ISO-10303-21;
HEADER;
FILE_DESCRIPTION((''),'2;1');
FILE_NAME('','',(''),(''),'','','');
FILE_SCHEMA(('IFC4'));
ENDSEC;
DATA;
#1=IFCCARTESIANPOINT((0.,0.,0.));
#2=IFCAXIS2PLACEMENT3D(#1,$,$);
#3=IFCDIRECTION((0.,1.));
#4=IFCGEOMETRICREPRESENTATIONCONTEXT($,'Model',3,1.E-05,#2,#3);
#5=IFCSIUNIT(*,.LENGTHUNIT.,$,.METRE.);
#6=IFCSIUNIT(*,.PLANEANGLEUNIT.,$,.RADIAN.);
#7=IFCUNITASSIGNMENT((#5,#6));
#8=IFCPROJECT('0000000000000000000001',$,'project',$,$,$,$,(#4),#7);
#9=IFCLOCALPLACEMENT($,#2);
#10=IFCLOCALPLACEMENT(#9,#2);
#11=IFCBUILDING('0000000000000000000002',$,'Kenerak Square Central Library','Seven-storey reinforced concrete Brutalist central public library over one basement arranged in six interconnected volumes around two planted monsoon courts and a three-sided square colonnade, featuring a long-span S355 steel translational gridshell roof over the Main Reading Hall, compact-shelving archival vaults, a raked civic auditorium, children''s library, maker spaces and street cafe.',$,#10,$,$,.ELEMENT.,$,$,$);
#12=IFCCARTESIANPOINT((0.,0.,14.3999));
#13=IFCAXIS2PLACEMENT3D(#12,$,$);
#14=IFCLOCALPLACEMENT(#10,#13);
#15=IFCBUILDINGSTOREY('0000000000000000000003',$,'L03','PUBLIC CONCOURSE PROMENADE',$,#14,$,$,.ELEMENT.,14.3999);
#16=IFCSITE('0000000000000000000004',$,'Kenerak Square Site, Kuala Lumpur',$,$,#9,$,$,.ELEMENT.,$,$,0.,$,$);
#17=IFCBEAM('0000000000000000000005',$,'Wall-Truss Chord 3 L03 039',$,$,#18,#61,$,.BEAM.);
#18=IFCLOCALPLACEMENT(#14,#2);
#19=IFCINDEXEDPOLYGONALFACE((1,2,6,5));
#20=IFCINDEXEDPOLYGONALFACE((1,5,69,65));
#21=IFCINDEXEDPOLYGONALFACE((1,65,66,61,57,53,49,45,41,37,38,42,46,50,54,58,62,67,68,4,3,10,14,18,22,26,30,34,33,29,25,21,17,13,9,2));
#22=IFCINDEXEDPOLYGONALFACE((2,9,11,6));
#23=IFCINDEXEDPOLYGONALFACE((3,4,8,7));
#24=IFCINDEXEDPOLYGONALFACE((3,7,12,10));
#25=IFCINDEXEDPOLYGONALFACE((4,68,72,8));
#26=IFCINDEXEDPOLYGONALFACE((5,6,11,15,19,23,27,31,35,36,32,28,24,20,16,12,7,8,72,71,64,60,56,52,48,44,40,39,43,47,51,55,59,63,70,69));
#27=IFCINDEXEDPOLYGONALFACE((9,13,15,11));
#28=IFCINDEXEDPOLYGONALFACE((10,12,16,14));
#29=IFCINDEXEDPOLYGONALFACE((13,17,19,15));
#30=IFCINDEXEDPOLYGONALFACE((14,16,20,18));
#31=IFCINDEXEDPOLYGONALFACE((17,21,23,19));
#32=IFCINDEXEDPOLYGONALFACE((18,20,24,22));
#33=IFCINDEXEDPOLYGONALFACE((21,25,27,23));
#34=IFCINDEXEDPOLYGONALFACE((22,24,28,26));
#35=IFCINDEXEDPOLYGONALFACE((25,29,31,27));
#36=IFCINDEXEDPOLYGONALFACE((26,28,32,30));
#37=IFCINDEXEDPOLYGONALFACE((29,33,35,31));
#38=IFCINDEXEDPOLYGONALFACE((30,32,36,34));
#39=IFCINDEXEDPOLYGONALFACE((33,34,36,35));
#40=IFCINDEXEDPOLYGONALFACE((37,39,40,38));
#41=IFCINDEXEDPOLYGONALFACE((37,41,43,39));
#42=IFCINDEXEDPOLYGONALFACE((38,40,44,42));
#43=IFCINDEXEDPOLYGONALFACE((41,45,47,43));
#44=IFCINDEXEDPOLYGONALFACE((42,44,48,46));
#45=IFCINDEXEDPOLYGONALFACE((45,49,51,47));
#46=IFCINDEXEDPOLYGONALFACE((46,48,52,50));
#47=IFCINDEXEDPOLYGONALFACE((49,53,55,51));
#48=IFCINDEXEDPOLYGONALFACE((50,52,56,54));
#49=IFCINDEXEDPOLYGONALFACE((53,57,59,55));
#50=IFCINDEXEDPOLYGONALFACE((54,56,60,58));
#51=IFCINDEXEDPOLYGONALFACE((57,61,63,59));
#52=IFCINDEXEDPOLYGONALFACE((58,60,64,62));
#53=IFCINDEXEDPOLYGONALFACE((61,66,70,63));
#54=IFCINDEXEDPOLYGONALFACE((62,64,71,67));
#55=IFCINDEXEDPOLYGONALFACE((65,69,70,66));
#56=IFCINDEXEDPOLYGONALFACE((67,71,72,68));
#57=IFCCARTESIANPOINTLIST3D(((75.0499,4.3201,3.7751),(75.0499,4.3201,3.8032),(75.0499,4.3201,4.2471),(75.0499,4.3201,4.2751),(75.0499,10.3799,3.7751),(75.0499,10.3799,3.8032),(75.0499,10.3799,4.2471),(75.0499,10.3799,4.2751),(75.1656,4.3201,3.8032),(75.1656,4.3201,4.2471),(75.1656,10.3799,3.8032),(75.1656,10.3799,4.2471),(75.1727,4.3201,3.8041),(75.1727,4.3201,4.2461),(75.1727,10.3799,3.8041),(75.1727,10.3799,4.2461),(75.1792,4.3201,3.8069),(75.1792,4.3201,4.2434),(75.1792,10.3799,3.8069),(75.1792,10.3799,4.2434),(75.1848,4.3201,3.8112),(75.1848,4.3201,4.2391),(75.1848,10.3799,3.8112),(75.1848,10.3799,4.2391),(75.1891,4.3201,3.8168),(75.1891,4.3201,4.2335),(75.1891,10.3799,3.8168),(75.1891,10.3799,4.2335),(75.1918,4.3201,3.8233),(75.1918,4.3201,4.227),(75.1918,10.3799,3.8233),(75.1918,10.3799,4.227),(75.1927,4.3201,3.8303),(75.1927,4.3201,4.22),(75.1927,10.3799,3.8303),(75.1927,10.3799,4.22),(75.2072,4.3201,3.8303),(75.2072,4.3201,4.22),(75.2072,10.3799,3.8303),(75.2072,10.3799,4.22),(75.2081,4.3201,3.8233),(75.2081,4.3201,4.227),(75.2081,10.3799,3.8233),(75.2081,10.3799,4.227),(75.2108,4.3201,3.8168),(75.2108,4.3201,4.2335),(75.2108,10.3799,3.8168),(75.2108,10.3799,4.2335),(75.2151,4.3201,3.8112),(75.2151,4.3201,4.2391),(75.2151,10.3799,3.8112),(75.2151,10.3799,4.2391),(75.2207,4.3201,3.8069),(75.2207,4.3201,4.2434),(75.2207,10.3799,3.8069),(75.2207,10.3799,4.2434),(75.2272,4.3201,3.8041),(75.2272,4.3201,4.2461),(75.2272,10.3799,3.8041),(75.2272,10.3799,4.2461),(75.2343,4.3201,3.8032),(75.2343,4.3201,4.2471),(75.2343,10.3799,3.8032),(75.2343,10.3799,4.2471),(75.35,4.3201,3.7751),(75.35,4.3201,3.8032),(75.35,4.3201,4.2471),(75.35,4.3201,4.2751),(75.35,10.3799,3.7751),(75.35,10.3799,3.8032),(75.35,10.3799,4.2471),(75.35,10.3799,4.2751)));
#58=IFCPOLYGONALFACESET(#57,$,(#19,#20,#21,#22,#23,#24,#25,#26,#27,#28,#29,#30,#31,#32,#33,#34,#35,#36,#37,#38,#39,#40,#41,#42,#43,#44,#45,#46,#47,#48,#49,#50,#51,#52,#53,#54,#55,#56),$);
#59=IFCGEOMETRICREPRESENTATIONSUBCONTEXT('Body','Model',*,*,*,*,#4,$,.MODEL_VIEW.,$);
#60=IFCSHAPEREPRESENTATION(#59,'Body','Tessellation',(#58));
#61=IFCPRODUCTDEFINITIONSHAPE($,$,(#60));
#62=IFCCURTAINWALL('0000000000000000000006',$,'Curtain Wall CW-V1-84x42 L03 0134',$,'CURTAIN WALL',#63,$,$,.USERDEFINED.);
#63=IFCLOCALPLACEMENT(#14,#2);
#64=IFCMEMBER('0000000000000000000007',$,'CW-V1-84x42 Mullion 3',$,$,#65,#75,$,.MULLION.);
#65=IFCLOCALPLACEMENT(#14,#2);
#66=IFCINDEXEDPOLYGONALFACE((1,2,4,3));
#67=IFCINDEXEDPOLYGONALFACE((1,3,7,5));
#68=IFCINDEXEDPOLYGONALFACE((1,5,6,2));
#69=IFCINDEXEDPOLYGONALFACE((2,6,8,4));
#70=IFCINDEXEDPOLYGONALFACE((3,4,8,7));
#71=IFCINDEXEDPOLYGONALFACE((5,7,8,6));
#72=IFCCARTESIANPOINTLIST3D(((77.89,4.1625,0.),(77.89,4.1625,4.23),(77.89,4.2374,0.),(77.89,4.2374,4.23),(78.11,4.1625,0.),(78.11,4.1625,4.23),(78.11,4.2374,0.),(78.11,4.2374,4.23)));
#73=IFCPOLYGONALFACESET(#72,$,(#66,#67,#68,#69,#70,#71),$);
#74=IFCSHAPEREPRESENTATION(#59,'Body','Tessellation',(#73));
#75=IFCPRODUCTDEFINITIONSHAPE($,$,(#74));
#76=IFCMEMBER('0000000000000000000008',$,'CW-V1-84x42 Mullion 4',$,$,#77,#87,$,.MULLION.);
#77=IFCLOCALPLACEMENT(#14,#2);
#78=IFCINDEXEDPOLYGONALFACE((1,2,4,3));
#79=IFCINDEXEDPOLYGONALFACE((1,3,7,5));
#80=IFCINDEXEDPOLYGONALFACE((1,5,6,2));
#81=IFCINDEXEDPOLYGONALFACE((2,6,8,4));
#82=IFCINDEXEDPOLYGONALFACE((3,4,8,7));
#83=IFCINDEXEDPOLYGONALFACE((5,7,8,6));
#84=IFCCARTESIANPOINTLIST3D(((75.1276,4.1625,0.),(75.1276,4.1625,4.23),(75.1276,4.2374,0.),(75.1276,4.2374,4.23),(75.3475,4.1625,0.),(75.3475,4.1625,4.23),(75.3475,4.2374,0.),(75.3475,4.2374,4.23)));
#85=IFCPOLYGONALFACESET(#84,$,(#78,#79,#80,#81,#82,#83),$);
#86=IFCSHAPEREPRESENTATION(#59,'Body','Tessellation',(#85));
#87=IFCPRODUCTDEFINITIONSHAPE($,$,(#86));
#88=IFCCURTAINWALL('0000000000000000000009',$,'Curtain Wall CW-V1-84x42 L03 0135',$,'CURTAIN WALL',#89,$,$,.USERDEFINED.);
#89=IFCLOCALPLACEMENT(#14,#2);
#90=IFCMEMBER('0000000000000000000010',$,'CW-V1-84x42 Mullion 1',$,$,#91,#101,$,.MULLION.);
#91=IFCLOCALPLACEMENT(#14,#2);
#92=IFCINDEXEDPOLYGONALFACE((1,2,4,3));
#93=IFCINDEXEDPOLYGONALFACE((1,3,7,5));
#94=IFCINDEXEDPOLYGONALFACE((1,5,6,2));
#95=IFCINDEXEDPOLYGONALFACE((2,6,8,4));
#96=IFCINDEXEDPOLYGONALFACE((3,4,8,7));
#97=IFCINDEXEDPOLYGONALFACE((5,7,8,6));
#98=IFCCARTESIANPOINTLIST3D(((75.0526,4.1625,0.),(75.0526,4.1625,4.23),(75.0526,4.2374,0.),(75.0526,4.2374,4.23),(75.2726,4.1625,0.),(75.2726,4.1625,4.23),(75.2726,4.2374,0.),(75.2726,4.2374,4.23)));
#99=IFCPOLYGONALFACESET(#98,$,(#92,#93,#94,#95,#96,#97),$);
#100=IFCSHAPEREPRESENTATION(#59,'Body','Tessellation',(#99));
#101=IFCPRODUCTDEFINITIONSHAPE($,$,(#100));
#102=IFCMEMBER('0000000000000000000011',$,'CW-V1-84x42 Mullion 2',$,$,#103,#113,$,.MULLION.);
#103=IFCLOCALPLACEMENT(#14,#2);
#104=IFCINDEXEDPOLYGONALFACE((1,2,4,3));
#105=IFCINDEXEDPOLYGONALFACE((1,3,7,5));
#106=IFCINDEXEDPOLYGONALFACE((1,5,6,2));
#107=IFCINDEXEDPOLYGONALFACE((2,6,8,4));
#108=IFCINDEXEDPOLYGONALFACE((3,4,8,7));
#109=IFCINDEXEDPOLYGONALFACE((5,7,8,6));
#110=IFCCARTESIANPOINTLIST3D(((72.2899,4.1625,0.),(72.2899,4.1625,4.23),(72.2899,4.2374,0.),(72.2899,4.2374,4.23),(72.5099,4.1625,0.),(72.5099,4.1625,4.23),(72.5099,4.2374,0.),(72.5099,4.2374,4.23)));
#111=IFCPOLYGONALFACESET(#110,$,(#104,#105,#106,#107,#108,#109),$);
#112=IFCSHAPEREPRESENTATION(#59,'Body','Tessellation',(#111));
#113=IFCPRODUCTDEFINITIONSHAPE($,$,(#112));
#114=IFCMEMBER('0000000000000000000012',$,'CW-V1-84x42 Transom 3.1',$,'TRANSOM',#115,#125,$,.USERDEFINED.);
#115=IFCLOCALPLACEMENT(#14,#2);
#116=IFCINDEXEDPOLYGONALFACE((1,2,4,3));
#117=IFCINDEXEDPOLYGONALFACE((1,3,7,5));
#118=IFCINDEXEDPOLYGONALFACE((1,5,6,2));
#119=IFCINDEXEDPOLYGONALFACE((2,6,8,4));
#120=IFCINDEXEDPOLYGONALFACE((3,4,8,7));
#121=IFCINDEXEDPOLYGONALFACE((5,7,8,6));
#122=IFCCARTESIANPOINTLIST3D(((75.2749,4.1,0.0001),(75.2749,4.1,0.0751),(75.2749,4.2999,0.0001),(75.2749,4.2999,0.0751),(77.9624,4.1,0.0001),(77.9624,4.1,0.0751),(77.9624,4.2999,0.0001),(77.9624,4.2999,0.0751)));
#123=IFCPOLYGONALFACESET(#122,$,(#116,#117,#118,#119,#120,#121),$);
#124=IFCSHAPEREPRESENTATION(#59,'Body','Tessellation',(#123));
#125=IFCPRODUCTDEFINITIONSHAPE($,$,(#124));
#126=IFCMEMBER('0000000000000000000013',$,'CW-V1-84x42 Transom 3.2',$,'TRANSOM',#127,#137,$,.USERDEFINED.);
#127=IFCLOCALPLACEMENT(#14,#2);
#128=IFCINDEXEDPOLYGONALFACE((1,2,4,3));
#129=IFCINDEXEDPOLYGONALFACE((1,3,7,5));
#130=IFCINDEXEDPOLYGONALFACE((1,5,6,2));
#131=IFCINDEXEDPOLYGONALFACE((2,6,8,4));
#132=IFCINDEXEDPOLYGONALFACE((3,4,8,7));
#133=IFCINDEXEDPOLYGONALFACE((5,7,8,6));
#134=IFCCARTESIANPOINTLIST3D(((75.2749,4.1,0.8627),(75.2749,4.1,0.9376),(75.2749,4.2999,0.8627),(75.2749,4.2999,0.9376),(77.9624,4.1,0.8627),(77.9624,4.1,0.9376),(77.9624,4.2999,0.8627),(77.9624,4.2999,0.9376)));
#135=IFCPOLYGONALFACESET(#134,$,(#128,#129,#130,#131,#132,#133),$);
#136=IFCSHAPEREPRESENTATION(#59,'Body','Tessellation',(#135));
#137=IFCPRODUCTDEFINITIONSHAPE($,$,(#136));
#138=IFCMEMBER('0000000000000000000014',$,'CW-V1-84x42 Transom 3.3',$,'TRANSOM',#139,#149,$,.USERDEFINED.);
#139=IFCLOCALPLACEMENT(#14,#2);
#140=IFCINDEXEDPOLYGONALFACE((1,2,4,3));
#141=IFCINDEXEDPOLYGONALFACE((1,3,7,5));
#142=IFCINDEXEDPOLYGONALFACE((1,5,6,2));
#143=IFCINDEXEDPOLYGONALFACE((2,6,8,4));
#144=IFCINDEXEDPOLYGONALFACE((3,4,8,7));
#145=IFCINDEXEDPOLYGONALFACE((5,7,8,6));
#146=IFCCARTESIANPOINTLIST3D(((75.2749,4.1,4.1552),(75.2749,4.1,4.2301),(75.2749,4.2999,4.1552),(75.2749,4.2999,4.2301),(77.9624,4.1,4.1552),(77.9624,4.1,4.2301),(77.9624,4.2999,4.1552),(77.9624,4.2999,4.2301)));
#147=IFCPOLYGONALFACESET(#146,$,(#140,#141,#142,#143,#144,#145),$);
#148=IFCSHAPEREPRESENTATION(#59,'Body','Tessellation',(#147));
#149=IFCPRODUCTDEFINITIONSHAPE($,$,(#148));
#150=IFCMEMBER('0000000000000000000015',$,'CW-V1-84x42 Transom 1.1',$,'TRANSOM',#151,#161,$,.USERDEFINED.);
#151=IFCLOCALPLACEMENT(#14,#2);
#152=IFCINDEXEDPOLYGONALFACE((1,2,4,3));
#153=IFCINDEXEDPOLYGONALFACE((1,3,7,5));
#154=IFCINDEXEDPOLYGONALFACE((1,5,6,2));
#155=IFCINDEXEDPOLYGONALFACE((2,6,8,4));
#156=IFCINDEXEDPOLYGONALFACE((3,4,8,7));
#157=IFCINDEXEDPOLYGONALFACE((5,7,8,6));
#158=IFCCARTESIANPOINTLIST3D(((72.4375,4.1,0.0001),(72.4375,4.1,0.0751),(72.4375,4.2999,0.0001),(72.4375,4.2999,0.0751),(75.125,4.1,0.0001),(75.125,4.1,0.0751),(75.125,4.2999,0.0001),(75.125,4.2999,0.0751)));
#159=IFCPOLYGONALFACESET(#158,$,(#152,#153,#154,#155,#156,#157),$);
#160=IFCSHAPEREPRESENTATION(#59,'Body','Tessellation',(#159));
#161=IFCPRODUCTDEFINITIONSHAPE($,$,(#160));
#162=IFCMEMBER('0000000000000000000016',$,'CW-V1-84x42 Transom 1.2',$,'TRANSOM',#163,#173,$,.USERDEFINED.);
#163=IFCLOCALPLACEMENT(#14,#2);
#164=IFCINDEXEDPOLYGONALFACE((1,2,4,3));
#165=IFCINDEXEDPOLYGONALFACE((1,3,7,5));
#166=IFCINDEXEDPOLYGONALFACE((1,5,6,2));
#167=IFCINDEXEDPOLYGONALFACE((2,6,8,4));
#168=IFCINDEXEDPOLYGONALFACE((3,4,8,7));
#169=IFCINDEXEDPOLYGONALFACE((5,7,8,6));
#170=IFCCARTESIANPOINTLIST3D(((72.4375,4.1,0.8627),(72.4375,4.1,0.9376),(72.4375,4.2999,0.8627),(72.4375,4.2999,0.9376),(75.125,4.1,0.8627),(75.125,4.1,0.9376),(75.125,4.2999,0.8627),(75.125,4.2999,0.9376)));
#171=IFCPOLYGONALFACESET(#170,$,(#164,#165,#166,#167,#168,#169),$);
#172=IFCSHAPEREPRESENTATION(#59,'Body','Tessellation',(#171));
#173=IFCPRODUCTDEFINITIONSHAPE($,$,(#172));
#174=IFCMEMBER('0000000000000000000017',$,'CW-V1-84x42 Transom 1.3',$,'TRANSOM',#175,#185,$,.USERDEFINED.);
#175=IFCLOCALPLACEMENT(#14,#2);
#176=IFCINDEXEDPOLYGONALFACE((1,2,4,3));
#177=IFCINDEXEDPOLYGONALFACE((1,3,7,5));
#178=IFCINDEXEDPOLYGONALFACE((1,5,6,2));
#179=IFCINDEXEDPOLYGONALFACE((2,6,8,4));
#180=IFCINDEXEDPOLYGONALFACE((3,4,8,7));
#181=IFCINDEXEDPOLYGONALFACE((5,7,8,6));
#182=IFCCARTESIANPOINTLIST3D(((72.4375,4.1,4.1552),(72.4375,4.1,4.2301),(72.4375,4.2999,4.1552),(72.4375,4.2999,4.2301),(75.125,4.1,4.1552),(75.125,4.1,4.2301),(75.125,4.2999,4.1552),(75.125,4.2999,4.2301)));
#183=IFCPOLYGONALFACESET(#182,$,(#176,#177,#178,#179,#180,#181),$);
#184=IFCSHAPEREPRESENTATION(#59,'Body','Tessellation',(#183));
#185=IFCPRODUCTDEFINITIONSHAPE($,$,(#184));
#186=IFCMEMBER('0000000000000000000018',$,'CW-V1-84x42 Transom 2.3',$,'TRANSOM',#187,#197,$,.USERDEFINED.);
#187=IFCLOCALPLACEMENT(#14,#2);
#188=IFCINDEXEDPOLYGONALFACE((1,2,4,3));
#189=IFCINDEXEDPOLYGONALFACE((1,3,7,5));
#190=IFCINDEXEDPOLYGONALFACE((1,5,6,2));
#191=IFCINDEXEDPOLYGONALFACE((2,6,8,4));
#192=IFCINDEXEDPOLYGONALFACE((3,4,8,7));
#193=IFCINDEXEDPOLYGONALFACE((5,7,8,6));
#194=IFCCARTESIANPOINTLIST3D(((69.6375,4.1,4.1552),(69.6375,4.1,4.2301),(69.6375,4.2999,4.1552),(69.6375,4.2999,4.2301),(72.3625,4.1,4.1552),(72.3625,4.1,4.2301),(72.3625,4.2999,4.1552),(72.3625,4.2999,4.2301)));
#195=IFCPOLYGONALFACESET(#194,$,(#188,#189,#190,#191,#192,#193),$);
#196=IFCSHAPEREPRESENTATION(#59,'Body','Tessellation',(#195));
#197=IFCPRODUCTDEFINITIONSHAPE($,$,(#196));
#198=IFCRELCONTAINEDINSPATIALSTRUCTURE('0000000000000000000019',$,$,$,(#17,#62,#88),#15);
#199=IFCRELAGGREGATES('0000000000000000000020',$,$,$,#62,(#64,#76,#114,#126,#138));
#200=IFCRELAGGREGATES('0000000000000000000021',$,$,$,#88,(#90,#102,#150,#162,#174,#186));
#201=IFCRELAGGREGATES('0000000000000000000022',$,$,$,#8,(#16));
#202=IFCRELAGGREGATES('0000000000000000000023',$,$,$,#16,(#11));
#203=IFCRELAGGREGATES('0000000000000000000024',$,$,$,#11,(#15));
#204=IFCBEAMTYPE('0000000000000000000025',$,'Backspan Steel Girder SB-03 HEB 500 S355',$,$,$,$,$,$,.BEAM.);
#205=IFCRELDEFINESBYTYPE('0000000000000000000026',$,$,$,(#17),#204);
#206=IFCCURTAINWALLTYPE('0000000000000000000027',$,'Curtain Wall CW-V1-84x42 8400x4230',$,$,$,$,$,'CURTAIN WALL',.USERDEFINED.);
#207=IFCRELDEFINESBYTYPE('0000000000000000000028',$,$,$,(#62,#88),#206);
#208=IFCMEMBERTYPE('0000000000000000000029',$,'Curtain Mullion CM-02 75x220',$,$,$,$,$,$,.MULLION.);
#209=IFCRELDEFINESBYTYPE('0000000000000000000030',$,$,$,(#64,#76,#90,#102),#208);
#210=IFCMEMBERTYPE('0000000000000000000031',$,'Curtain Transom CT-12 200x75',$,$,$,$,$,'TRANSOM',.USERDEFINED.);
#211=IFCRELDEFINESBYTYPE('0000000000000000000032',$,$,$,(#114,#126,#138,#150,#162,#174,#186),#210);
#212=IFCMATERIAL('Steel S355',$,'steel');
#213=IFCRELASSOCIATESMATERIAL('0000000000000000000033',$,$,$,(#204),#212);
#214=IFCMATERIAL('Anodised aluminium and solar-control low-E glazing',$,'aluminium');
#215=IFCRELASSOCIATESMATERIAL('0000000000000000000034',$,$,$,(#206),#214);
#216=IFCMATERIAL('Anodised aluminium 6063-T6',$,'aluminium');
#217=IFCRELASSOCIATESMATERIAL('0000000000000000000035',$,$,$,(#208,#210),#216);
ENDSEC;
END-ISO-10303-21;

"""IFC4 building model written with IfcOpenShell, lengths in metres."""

from ifc_helpers import new_model, si_unit, direction, frame, origin, origin_2d, place, context, subcontext, project, spatial, rectangle, i_section, extrude, material, material_profile, profile_set, type_object, element, aggregate, save


model = new_model("IFC4")

# Units and contexts
model_context = context("Model", 3, precision=1e-05, world=origin(), true_north=direction((0.0, 1.0)))
body_context = subcontext(model_context, "Body", "Model", "MODEL_VIEW")
ifc_project = project(units=[si_unit("LENGTHUNIT", "METRE"), si_unit("PLANEANGLEUNIT", "RADIAN")], contexts=[model_context])

# Site, building, storey
site_placement = place(None, origin())
site = spatial("IfcSite", under=ifc_project, at=site_placement, Name="Kenerak Square Site, Kuala Lumpur", CompositionType="ELEMENT", RefElevation=0.0)
building_placement = place(site_placement, origin())
building = spatial("IfcBuilding", under=site, at=building_placement, Name="Kenerak Square Central Library", Description="Seven-storey reinforced concrete Brutalist central public library over one basement arranged in six interconnected volumes around two planted monsoon courts and a three-sided square colonnade, featuring a long-span S355 steel translational gridshell roof over the Main Reading Hall, compact-shelving archival vaults, a raked civic auditorium, children's library, maker spaces and street cafe.", CompositionType="ELEMENT")
storey_placement = place(building_placement, frame((0.0, 0.0, 14.3999)))
storey = spatial("IfcBuildingStorey", under=building, at=storey_placement, Name="L03", Description="PUBLIC CONCOURSE PROMENADE", CompositionType="ELEMENT", Elevation=14.3999)

# Beam
ifc_material_1 = material(Name="Steel S355", Category="steel")
ifc_material_profile_1 = material_profile(ifc_material_1, i_section(OverallWidth=0.3, OverallDepth=0.5, WebThickness=0.0144, FlangeThickness=0.0281, FilletRadius=0.0271, at=origin_2d()), Name="HEB 500")
ifc_profile_set_1 = profile_set([ifc_material_profile_1], Name="Steel S355")
beam_type_1 = type_object("IfcBeamType", Name="Backspan Steel Girder SB-03 HEB 500 S355", PredefinedType="BEAM", material=ifc_profile_set_1)
beam_1_placement = place(storey_placement, frame((75.2, 4.3201, 4.0251), z_axis=(0.0, 1.0, 0.0), x_axis=(-1.0, 0.0, 0.0)))
element("IfcBeam", 1, at=beam_1_placement, inside=storey, type_object=beam_type_1, Name="Wall-Truss Chord 3 L03 039", PredefinedType="BEAM", context=body_context, shape_type="SweptSolid", body=[
    extrude(i_section(OverallWidth=0.3, OverallDepth=0.5, WebThickness=0.0144, FlangeThickness=0.0281, FilletRadius=0.0271, at=origin_2d()), origin(), (0.0, 0.0, 1.0), 6.0598),
])

# Curtain walls, members
ifc_material_2 = material(Name="Anodised aluminium and solar-control low-E glazing", Category="aluminium")
curtain_wall_type = type_object("IfcCurtainWallType", Name="Curtain Wall CW-V1-84x42 8400x4230", ElementType="CURTAIN WALL", PredefinedType="USERDEFINED", material=ifc_material_2)
curtain_wall_1_placement = place(storey_placement, origin())
curtain_wall_1 = element("IfcCurtainWall", 2, at=curtain_wall_1_placement, inside=storey, type_object=curtain_wall_type, Name="Curtain Wall CW-V1-84x42 L03 0134", ObjectType="CURTAIN WALL", PredefinedType="USERDEFINED")
ifc_material_3 = material(Name="Anodised aluminium 6063-T6", Category="aluminium")
ifc_material_profile_2 = material_profile(ifc_material_3, rectangle(XDim=0.075, YDim=0.22, at=origin_2d()), Name="AL MULLION 75x220")
ifc_profile_set_2 = profile_set([ifc_material_profile_2], Name="Anodised aluminium 6063-T6")
member_type_1 = type_object("IfcMemberType", Name="Curtain Mullion CM-02 75x220", PredefinedType="MULLION", material=ifc_profile_set_2)
member_1_placement = place(storey_placement, frame((78.0, 4.2, 0.0), z_axis=(0.0, 0.0, 1.0), x_axis=(0.0, -1.0, 0.0)))
member_1 = element("IfcMember", 3, at=member_1_placement, type_object=member_type_1, Name="CW-V1-84x42 Mullion 3", PredefinedType="MULLION", context=body_context, shape_type="SweptSolid", body=[
    extrude(rectangle(XDim=0.075, YDim=0.22, at=origin_2d()), origin(), (0.0, 0.0, 1.0), 4.23),
])
member_2_placement = place(storey_placement, frame((75.2375, 4.2, 0.0), z_axis=(0.0, 0.0, 1.0), x_axis=(0.0, -1.0, 0.0)))
member_2 = element("IfcMember", 4, at=member_2_placement, type_object=member_type_1, Name="CW-V1-84x42 Mullion 4", PredefinedType="MULLION", context=body_context, shape_type="SweptSolid", body=[
    extrude(rectangle(XDim=0.075, YDim=0.22, at=origin_2d()), origin(), (0.0, 0.0, 1.0), 4.23),
])
curtain_wall_2_placement = place(storey_placement, origin())
curtain_wall_2 = element("IfcCurtainWall", 5, at=curtain_wall_2_placement, inside=storey, type_object=curtain_wall_type, Name="Curtain Wall CW-V1-84x42 L03 0135", ObjectType="CURTAIN WALL", PredefinedType="USERDEFINED")
member_3_placement = place(storey_placement, frame((75.1626, 4.2, 0.0), z_axis=(0.0, 0.0, 1.0), x_axis=(0.0, -1.0, 0.0)))
member_3 = element("IfcMember", 6, at=member_3_placement, type_object=member_type_1, Name="CW-V1-84x42 Mullion 1", PredefinedType="MULLION", context=body_context, shape_type="SweptSolid", body=[
    extrude(rectangle(XDim=0.075, YDim=0.22, at=origin_2d()), origin(), (0.0, 0.0, 1.0), 4.23),
])
member_4_placement = place(storey_placement, frame((72.3999, 4.2, 0.0), z_axis=(0.0, 0.0, 1.0), x_axis=(0.0, -1.0, 0.0)))
member_4 = element("IfcMember", 7, at=member_4_placement, type_object=member_type_1, Name="CW-V1-84x42 Mullion 2", PredefinedType="MULLION", context=body_context, shape_type="SweptSolid", body=[
    extrude(rectangle(XDim=0.075, YDim=0.22, at=origin_2d()), origin(), (0.0, 0.0, 1.0), 4.23),
])

# Members
ifc_material_profile_3 = material_profile(ifc_material_3, rectangle(XDim=0.2, YDim=0.075, at=origin_2d()), Name="AL TRANSOM 200x75")
ifc_profile_set_3 = profile_set([ifc_material_profile_3], Name="Anodised aluminium 6063-T6")
member_type_2 = type_object("IfcMemberType", Name="Curtain Transom CT-12 200x75", ElementType="TRANSOM", PredefinedType="USERDEFINED", material=ifc_profile_set_3)
member_5_placement = place(storey_placement, frame((77.9624, 4.2, 0.0376), z_axis=(-1.0, 0.0, 0.0), x_axis=(0.0, -1.0, 0.0)))
member_5 = element("IfcMember", 8, at=member_5_placement, type_object=member_type_2, Name="CW-V1-84x42 Transom 3.1", ObjectType="TRANSOM", PredefinedType="USERDEFINED", context=body_context, shape_type="SweptSolid", body=[
    extrude(rectangle(XDim=0.2, YDim=0.075, at=origin_2d()), origin(), (0.0, 0.0, 1.0), 2.6875),
])
member_6_placement = place(storey_placement, frame((77.9624, 4.2, 0.9001), z_axis=(-1.0, 0.0, 0.0), x_axis=(0.0, -1.0, 0.0)))
member_6 = element("IfcMember", 9, at=member_6_placement, type_object=member_type_2, Name="CW-V1-84x42 Transom 3.2", ObjectType="TRANSOM", PredefinedType="USERDEFINED", context=body_context, shape_type="SweptSolid", body=[
    extrude(rectangle(XDim=0.2, YDim=0.075, at=origin_2d()), origin(), (0.0, 0.0, 1.0), 2.6875),
])
member_7_placement = place(storey_placement, frame((77.9624, 4.2, 4.1926), z_axis=(-1.0, 0.0, 0.0), x_axis=(0.0, -1.0, 0.0)))
member_7 = element("IfcMember", 10, at=member_7_placement, type_object=member_type_2, Name="CW-V1-84x42 Transom 3.3", ObjectType="TRANSOM", PredefinedType="USERDEFINED", context=body_context, shape_type="SweptSolid", body=[
    extrude(rectangle(XDim=0.2, YDim=0.075, at=origin_2d()), origin(), (0.0, 0.0, 1.0), 2.6875),
])
member_8_placement = place(storey_placement, frame((75.125, 4.2, 0.0376), z_axis=(-1.0, 0.0, 0.0), x_axis=(0.0, -1.0, 0.0)))
member_8 = element("IfcMember", 11, at=member_8_placement, type_object=member_type_2, Name="CW-V1-84x42 Transom 1.1", ObjectType="TRANSOM", PredefinedType="USERDEFINED", context=body_context, shape_type="SweptSolid", body=[
    extrude(rectangle(XDim=0.2, YDim=0.075, at=origin_2d()), origin(), (0.0, 0.0, 1.0), 2.6875),
])
member_9_placement = place(storey_placement, frame((75.125, 4.2, 0.9001), z_axis=(-1.0, 0.0, 0.0), x_axis=(0.0, -1.0, 0.0)))
member_9 = element("IfcMember", 12, at=member_9_placement, type_object=member_type_2, Name="CW-V1-84x42 Transom 1.2", ObjectType="TRANSOM", PredefinedType="USERDEFINED", context=body_context, shape_type="SweptSolid", body=[
    extrude(rectangle(XDim=0.2, YDim=0.075, at=origin_2d()), origin(), (0.0, 0.0, 1.0), 2.6875),
])
member_10_placement = place(storey_placement, frame((75.125, 4.2, 4.1926), z_axis=(-1.0, 0.0, 0.0), x_axis=(0.0, -1.0, 0.0)))
member_10 = element("IfcMember", 13, at=member_10_placement, type_object=member_type_2, Name="CW-V1-84x42 Transom 1.3", ObjectType="TRANSOM", PredefinedType="USERDEFINED", context=body_context, shape_type="SweptSolid", body=[
    extrude(rectangle(XDim=0.2, YDim=0.075, at=origin_2d()), origin(), (0.0, 0.0, 1.0), 2.6875),
])
member_11_placement = place(storey_placement, frame((72.3625, 4.2, 4.1926), z_axis=(-1.0, 0.0, 0.0), x_axis=(0.0, -1.0, 0.0)))
member_11 = element("IfcMember", 14, at=member_11_placement, type_object=member_type_2, Name="CW-V1-84x42 Transom 2.3", ObjectType="TRANSOM", PredefinedType="USERDEFINED", context=body_context, shape_type="SweptSolid", body=[
    extrude(rectangle(XDim=0.2, YDim=0.075, at=origin_2d()), origin(), (0.0, 0.0, 1.0), 2.7251),
])

aggregate(curtain_wall_1, [member_1, member_2, member_5, member_6, member_7])
aggregate(curtain_wall_2, [member_3, member_4, member_8, member_9, member_10, member_11])

save(model, "model.ifc")
